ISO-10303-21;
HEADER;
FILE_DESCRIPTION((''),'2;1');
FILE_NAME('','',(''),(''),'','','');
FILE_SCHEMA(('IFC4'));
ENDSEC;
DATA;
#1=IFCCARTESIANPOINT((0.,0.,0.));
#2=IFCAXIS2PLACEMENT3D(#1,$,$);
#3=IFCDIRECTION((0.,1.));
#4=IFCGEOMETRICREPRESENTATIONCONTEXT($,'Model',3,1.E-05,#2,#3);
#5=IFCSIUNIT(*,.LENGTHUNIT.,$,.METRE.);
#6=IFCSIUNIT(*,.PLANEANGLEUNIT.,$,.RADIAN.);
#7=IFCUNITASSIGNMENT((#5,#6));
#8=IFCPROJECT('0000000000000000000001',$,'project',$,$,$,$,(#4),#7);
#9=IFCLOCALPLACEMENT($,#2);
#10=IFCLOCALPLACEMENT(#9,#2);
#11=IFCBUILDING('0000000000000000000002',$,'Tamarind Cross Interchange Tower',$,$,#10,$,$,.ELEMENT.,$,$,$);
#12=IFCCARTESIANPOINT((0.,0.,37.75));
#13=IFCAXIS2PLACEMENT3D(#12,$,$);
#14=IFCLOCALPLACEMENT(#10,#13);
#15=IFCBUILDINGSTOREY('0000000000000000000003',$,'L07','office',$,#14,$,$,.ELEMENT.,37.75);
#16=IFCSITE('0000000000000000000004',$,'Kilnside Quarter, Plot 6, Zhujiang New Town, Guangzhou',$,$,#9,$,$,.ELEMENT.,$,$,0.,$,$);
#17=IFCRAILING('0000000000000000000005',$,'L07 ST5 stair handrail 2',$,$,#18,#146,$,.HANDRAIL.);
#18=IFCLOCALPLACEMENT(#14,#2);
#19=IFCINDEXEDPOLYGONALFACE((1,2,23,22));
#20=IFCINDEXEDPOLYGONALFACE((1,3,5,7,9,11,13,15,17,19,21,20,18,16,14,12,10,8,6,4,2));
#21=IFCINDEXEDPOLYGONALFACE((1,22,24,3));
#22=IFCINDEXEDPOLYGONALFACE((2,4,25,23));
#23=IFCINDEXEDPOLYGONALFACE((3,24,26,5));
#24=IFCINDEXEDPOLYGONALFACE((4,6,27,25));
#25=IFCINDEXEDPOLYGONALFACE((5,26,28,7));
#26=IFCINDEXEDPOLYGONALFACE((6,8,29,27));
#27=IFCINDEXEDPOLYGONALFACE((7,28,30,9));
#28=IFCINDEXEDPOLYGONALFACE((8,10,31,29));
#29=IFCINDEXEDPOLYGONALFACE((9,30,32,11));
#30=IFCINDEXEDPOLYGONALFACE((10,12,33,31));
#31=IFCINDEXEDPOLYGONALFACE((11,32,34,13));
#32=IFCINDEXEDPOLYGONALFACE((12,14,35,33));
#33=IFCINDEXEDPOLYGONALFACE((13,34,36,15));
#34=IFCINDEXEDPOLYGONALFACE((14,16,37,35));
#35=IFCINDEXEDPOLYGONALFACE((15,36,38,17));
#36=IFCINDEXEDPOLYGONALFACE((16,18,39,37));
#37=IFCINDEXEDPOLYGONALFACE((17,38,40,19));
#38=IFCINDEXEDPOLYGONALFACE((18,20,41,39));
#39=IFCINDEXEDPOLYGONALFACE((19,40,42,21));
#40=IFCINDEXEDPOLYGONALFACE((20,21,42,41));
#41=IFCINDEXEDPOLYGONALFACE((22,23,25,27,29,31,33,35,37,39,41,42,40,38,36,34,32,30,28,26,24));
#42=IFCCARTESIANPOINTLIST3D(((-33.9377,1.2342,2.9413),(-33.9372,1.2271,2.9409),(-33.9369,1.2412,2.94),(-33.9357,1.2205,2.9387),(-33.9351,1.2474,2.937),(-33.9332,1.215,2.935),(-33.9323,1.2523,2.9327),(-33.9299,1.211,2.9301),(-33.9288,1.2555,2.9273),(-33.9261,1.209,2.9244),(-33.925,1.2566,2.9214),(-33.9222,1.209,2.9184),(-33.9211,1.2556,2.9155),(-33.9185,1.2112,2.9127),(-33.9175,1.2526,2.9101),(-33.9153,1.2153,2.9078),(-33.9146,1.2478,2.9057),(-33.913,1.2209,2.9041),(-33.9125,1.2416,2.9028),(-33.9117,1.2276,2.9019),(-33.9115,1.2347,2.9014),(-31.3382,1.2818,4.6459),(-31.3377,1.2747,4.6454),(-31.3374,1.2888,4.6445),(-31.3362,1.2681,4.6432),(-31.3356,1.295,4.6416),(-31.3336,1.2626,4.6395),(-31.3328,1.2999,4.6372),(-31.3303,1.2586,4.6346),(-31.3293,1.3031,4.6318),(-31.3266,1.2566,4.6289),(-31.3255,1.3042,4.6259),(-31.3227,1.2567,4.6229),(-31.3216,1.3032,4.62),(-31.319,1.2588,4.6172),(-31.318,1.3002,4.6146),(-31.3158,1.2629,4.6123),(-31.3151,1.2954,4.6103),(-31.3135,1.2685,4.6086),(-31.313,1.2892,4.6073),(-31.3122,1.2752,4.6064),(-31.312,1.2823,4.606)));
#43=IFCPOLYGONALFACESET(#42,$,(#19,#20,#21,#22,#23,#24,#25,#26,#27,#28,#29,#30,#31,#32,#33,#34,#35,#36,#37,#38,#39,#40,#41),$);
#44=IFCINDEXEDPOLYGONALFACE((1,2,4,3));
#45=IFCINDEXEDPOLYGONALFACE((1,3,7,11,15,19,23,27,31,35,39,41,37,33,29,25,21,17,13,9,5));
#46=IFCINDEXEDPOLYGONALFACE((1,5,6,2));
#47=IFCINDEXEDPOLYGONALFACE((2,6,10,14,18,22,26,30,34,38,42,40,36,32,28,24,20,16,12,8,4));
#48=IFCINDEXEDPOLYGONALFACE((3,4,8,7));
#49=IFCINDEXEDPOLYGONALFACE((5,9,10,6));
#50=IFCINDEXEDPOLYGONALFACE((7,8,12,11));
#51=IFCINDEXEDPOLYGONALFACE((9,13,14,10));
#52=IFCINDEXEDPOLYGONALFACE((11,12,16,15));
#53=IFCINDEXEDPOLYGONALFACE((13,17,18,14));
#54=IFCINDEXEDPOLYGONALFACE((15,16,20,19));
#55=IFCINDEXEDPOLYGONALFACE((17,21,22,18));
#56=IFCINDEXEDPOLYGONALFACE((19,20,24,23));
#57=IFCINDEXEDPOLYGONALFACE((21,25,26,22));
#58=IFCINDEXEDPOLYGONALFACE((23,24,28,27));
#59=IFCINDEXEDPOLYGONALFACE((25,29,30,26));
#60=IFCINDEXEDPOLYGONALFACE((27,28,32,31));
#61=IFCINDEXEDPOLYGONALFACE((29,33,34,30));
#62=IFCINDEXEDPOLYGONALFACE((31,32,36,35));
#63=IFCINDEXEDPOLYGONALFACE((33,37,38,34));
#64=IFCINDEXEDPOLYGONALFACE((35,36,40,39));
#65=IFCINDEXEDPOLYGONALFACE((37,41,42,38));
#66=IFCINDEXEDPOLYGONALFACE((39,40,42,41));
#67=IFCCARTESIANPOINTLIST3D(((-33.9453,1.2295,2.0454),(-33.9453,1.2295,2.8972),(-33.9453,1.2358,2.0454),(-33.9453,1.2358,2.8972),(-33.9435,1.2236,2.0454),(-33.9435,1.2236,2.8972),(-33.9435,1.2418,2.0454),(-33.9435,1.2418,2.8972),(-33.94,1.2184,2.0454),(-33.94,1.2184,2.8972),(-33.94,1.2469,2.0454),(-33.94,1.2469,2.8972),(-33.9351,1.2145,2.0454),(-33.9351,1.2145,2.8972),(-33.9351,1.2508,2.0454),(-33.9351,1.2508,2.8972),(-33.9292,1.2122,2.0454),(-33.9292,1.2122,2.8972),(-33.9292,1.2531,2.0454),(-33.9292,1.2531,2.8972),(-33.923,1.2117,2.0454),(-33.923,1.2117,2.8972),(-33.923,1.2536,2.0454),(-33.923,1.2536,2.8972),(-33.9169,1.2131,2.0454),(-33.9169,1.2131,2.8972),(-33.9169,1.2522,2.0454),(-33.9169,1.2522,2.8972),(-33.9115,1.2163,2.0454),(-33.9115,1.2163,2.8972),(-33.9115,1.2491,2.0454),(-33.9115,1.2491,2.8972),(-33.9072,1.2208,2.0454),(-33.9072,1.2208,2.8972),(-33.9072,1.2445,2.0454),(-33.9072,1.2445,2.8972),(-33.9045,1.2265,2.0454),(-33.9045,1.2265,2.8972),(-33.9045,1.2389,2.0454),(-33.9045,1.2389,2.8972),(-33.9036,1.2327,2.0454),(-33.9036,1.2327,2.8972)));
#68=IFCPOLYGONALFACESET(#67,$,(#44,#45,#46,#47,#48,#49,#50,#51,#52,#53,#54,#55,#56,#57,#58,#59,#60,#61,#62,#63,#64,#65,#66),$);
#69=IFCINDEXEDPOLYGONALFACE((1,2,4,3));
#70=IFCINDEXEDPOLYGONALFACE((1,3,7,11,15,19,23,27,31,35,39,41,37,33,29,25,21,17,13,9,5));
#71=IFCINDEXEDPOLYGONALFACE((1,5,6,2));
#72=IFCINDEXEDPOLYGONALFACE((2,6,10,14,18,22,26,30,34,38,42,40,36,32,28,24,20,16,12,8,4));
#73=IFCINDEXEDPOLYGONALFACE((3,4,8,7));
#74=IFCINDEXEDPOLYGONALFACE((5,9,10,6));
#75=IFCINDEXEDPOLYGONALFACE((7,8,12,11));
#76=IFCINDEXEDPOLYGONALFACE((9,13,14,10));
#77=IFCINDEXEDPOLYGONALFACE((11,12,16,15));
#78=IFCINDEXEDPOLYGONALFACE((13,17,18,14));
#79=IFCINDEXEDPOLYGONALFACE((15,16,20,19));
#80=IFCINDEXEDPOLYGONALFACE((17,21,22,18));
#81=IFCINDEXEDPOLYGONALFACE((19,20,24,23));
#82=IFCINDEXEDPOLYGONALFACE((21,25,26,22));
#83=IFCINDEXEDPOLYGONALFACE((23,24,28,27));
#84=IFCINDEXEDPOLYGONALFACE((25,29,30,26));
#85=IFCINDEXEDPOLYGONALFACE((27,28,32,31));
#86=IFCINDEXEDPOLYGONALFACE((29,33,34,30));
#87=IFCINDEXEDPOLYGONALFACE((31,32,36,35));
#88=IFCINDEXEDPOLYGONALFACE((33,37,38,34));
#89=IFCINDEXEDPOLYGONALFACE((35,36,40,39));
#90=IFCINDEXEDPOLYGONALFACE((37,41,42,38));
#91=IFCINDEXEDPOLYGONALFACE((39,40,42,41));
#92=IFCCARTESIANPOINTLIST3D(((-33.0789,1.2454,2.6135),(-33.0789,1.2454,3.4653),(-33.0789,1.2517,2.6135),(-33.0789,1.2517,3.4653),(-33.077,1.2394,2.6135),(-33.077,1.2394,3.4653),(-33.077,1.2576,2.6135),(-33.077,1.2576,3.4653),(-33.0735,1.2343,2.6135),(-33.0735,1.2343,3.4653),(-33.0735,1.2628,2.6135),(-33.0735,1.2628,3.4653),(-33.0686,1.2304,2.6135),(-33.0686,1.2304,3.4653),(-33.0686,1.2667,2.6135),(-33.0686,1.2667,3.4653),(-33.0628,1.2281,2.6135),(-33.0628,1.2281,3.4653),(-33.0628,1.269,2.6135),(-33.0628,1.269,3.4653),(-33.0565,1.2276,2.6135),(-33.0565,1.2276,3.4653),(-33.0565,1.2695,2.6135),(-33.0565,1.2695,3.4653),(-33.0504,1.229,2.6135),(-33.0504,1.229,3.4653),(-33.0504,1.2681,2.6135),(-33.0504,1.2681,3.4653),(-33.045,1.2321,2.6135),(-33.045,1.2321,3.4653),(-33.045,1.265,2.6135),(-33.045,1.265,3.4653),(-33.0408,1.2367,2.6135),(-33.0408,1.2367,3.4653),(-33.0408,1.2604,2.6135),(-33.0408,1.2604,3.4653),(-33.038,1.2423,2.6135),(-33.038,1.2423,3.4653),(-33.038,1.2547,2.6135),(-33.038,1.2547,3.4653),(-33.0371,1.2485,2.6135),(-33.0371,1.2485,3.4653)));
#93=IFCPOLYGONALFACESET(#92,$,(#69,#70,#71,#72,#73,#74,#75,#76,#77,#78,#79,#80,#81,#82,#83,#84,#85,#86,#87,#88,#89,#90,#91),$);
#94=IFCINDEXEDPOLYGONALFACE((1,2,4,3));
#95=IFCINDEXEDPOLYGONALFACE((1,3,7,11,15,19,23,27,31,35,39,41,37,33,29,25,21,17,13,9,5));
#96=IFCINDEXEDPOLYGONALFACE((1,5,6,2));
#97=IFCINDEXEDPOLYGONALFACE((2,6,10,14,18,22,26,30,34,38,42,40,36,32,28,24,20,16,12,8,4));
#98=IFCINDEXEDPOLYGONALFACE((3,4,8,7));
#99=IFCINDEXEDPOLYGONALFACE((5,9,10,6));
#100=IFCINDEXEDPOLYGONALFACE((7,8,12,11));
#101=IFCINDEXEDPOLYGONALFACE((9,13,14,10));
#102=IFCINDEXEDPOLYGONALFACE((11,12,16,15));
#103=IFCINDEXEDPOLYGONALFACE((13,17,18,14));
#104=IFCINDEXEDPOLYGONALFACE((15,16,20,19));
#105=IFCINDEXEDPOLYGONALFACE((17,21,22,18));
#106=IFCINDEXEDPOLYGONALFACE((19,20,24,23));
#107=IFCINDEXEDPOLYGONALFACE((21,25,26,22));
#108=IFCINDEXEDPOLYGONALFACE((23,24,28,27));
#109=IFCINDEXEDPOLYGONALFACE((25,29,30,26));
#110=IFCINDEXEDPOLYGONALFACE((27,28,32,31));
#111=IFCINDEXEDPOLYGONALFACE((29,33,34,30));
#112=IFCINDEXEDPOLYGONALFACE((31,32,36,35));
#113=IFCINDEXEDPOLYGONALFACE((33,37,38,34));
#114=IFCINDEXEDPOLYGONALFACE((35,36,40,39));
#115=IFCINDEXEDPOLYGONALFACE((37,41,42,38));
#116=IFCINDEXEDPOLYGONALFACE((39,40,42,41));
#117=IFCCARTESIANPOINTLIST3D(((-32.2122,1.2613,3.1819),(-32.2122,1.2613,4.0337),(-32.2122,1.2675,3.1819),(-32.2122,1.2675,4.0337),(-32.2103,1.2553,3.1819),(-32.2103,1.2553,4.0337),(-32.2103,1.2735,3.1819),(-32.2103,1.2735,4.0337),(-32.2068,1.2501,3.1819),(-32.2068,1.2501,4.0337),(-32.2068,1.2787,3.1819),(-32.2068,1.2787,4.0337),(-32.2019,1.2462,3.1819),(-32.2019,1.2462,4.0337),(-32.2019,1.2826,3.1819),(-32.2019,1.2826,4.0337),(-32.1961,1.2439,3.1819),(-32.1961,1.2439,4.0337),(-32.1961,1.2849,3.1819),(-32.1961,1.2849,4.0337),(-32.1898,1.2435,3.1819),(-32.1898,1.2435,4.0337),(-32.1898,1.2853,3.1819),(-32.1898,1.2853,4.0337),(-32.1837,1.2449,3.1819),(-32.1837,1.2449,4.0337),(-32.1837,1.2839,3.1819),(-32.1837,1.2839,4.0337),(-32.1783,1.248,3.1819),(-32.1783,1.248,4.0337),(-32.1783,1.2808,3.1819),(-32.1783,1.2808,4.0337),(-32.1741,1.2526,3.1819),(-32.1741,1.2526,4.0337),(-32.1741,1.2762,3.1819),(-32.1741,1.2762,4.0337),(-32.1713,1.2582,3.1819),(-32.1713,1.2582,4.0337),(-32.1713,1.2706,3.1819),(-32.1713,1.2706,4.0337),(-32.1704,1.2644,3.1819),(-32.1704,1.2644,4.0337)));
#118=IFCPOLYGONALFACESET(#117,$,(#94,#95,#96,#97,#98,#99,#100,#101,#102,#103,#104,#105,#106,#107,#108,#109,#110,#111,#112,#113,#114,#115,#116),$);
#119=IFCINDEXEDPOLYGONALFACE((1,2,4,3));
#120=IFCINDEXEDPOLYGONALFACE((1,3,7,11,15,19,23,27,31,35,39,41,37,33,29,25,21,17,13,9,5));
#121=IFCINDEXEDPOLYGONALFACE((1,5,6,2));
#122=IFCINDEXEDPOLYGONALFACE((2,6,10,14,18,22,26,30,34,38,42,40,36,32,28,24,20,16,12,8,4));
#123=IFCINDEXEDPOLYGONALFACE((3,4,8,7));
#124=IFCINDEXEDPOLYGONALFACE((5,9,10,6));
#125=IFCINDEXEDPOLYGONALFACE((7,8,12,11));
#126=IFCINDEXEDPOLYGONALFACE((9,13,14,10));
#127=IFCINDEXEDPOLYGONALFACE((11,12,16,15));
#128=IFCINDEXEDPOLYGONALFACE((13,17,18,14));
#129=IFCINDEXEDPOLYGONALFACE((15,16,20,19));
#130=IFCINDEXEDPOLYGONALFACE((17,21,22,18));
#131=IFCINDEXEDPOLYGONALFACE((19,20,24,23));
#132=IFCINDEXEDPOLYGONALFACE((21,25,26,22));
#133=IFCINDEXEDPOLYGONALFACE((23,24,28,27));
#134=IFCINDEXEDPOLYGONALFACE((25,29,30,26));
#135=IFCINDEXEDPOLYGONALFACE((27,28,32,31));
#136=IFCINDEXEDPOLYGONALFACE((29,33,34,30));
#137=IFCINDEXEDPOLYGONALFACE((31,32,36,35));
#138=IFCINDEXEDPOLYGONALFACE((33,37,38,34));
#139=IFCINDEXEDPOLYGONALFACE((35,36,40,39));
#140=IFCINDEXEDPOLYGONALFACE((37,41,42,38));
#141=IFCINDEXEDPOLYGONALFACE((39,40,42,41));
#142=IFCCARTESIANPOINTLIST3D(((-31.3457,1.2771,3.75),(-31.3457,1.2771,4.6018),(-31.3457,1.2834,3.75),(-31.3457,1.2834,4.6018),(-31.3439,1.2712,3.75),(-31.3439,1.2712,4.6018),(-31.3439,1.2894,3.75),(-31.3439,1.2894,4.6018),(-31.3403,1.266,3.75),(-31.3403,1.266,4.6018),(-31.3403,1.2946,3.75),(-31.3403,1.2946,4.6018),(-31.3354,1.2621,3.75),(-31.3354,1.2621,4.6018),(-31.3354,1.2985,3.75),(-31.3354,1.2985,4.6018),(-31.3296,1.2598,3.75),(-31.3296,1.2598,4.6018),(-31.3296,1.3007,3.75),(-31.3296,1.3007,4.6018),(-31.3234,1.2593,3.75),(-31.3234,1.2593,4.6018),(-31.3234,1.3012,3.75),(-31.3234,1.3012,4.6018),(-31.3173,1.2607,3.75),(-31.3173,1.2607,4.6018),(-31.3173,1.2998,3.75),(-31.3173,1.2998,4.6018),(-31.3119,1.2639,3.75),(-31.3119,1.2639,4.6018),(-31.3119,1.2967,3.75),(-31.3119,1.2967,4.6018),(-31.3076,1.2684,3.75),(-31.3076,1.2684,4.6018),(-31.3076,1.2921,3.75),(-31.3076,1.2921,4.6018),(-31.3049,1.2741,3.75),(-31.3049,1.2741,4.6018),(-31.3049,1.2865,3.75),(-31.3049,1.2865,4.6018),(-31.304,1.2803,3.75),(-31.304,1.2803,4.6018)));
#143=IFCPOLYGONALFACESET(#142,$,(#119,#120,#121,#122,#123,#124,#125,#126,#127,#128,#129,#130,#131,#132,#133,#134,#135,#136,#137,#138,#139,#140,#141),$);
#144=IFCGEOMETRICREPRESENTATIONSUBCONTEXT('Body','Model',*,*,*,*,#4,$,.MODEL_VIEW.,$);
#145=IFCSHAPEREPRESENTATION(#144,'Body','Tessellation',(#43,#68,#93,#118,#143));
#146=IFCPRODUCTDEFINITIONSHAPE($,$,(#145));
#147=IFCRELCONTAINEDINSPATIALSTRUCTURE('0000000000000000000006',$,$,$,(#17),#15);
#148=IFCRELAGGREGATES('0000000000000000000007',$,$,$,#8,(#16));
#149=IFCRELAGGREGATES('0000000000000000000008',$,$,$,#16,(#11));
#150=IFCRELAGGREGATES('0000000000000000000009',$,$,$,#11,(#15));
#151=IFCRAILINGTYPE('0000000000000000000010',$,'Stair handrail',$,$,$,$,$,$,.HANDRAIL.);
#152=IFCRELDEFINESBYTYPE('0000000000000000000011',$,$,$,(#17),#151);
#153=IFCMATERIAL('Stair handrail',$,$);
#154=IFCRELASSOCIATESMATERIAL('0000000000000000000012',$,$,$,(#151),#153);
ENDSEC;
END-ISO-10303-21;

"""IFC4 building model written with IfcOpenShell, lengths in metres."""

from ifc_helpers import new_model, si_unit, direction, frame, origin, origin_2d, place, context, subcontext, project, spatial, circle, extrude, material, type_object, element, save


model = new_model("IFC4")

# Units and contexts
model_context = context("Model", 3, precision=1e-05, world=origin(), true_north=direction((0.0, 1.0)))
body_context = subcontext(model_context, "Body", "Model", "MODEL_VIEW")
ifc_project = project(units=[si_unit("LENGTHUNIT", "METRE"), si_unit("PLANEANGLEUNIT", "RADIAN")], contexts=[model_context])

# Site, building, storey
site_placement = place(None, origin())
site = spatial("IfcSite", under=ifc_project, at=site_placement, Name="Kilnside Quarter, Plot 6, Zhujiang New Town, Guangzhou", CompositionType="ELEMENT", RefElevation=0.0)
building_placement = place(site_placement, origin())
building = spatial("IfcBuilding", under=site, at=building_placement, Name="Tamarind Cross Interchange Tower", CompositionType="ELEMENT")
storey_placement = place(building_placement, frame((0.0, 0.0, 37.75)))
storey = spatial("IfcBuildingStorey", under=building, at=storey_placement, Name="L07", Description="office", CompositionType="ELEMENT", Elevation=37.75)

# Railing
ifc_material_1 = material(Name="Stair handrail")
railing_type_1 = type_object("IfcRailingType", Name="Stair handrail", PredefinedType="HANDRAIL", material=ifc_material_1)
railing_1_placement = place(storey_placement, frame((-33.9246, 1.2327, 2.0454)))
element("IfcRailing", 1, at=railing_1_placement, inside=storey, type_object=railing_type_1, Name="L07 ST5 stair handrail 2", PredefinedType="HANDRAIL", context=body_context, shape_type="SweptSolid", body=[
    extrude(circle(Radius=0.0239, at=origin_2d()), frame((0.0, 0.0, 0.876), z_axis=(0.836157, 0.015313, 0.548276), x_axis=(-0.01831, 0.999832, 0.0)), (0.0, 0.0, 1.0), 3.1089),
    extrude(circle(Radius=0.021, at=origin_2d()), origin(), (0.0, 0.0, 1.0), 0.8518),
    extrude(circle(Radius=0.021, at=origin_2d()), frame((0.8665, 0.0159, 0.5681)), (0.0, 0.0, 1.0), 0.8518),
    extrude(circle(Radius=0.021, at=origin_2d()), frame((1.7332, 0.0317, 1.1365)), (0.0, 0.0, 1.0), 0.8518),
    extrude(circle(Radius=0.021, at=origin_2d()), frame((2.5996, 0.0476, 1.7046)), (0.0, 0.0, 1.0), 0.8518),
])

save(model, "model.ifc")
